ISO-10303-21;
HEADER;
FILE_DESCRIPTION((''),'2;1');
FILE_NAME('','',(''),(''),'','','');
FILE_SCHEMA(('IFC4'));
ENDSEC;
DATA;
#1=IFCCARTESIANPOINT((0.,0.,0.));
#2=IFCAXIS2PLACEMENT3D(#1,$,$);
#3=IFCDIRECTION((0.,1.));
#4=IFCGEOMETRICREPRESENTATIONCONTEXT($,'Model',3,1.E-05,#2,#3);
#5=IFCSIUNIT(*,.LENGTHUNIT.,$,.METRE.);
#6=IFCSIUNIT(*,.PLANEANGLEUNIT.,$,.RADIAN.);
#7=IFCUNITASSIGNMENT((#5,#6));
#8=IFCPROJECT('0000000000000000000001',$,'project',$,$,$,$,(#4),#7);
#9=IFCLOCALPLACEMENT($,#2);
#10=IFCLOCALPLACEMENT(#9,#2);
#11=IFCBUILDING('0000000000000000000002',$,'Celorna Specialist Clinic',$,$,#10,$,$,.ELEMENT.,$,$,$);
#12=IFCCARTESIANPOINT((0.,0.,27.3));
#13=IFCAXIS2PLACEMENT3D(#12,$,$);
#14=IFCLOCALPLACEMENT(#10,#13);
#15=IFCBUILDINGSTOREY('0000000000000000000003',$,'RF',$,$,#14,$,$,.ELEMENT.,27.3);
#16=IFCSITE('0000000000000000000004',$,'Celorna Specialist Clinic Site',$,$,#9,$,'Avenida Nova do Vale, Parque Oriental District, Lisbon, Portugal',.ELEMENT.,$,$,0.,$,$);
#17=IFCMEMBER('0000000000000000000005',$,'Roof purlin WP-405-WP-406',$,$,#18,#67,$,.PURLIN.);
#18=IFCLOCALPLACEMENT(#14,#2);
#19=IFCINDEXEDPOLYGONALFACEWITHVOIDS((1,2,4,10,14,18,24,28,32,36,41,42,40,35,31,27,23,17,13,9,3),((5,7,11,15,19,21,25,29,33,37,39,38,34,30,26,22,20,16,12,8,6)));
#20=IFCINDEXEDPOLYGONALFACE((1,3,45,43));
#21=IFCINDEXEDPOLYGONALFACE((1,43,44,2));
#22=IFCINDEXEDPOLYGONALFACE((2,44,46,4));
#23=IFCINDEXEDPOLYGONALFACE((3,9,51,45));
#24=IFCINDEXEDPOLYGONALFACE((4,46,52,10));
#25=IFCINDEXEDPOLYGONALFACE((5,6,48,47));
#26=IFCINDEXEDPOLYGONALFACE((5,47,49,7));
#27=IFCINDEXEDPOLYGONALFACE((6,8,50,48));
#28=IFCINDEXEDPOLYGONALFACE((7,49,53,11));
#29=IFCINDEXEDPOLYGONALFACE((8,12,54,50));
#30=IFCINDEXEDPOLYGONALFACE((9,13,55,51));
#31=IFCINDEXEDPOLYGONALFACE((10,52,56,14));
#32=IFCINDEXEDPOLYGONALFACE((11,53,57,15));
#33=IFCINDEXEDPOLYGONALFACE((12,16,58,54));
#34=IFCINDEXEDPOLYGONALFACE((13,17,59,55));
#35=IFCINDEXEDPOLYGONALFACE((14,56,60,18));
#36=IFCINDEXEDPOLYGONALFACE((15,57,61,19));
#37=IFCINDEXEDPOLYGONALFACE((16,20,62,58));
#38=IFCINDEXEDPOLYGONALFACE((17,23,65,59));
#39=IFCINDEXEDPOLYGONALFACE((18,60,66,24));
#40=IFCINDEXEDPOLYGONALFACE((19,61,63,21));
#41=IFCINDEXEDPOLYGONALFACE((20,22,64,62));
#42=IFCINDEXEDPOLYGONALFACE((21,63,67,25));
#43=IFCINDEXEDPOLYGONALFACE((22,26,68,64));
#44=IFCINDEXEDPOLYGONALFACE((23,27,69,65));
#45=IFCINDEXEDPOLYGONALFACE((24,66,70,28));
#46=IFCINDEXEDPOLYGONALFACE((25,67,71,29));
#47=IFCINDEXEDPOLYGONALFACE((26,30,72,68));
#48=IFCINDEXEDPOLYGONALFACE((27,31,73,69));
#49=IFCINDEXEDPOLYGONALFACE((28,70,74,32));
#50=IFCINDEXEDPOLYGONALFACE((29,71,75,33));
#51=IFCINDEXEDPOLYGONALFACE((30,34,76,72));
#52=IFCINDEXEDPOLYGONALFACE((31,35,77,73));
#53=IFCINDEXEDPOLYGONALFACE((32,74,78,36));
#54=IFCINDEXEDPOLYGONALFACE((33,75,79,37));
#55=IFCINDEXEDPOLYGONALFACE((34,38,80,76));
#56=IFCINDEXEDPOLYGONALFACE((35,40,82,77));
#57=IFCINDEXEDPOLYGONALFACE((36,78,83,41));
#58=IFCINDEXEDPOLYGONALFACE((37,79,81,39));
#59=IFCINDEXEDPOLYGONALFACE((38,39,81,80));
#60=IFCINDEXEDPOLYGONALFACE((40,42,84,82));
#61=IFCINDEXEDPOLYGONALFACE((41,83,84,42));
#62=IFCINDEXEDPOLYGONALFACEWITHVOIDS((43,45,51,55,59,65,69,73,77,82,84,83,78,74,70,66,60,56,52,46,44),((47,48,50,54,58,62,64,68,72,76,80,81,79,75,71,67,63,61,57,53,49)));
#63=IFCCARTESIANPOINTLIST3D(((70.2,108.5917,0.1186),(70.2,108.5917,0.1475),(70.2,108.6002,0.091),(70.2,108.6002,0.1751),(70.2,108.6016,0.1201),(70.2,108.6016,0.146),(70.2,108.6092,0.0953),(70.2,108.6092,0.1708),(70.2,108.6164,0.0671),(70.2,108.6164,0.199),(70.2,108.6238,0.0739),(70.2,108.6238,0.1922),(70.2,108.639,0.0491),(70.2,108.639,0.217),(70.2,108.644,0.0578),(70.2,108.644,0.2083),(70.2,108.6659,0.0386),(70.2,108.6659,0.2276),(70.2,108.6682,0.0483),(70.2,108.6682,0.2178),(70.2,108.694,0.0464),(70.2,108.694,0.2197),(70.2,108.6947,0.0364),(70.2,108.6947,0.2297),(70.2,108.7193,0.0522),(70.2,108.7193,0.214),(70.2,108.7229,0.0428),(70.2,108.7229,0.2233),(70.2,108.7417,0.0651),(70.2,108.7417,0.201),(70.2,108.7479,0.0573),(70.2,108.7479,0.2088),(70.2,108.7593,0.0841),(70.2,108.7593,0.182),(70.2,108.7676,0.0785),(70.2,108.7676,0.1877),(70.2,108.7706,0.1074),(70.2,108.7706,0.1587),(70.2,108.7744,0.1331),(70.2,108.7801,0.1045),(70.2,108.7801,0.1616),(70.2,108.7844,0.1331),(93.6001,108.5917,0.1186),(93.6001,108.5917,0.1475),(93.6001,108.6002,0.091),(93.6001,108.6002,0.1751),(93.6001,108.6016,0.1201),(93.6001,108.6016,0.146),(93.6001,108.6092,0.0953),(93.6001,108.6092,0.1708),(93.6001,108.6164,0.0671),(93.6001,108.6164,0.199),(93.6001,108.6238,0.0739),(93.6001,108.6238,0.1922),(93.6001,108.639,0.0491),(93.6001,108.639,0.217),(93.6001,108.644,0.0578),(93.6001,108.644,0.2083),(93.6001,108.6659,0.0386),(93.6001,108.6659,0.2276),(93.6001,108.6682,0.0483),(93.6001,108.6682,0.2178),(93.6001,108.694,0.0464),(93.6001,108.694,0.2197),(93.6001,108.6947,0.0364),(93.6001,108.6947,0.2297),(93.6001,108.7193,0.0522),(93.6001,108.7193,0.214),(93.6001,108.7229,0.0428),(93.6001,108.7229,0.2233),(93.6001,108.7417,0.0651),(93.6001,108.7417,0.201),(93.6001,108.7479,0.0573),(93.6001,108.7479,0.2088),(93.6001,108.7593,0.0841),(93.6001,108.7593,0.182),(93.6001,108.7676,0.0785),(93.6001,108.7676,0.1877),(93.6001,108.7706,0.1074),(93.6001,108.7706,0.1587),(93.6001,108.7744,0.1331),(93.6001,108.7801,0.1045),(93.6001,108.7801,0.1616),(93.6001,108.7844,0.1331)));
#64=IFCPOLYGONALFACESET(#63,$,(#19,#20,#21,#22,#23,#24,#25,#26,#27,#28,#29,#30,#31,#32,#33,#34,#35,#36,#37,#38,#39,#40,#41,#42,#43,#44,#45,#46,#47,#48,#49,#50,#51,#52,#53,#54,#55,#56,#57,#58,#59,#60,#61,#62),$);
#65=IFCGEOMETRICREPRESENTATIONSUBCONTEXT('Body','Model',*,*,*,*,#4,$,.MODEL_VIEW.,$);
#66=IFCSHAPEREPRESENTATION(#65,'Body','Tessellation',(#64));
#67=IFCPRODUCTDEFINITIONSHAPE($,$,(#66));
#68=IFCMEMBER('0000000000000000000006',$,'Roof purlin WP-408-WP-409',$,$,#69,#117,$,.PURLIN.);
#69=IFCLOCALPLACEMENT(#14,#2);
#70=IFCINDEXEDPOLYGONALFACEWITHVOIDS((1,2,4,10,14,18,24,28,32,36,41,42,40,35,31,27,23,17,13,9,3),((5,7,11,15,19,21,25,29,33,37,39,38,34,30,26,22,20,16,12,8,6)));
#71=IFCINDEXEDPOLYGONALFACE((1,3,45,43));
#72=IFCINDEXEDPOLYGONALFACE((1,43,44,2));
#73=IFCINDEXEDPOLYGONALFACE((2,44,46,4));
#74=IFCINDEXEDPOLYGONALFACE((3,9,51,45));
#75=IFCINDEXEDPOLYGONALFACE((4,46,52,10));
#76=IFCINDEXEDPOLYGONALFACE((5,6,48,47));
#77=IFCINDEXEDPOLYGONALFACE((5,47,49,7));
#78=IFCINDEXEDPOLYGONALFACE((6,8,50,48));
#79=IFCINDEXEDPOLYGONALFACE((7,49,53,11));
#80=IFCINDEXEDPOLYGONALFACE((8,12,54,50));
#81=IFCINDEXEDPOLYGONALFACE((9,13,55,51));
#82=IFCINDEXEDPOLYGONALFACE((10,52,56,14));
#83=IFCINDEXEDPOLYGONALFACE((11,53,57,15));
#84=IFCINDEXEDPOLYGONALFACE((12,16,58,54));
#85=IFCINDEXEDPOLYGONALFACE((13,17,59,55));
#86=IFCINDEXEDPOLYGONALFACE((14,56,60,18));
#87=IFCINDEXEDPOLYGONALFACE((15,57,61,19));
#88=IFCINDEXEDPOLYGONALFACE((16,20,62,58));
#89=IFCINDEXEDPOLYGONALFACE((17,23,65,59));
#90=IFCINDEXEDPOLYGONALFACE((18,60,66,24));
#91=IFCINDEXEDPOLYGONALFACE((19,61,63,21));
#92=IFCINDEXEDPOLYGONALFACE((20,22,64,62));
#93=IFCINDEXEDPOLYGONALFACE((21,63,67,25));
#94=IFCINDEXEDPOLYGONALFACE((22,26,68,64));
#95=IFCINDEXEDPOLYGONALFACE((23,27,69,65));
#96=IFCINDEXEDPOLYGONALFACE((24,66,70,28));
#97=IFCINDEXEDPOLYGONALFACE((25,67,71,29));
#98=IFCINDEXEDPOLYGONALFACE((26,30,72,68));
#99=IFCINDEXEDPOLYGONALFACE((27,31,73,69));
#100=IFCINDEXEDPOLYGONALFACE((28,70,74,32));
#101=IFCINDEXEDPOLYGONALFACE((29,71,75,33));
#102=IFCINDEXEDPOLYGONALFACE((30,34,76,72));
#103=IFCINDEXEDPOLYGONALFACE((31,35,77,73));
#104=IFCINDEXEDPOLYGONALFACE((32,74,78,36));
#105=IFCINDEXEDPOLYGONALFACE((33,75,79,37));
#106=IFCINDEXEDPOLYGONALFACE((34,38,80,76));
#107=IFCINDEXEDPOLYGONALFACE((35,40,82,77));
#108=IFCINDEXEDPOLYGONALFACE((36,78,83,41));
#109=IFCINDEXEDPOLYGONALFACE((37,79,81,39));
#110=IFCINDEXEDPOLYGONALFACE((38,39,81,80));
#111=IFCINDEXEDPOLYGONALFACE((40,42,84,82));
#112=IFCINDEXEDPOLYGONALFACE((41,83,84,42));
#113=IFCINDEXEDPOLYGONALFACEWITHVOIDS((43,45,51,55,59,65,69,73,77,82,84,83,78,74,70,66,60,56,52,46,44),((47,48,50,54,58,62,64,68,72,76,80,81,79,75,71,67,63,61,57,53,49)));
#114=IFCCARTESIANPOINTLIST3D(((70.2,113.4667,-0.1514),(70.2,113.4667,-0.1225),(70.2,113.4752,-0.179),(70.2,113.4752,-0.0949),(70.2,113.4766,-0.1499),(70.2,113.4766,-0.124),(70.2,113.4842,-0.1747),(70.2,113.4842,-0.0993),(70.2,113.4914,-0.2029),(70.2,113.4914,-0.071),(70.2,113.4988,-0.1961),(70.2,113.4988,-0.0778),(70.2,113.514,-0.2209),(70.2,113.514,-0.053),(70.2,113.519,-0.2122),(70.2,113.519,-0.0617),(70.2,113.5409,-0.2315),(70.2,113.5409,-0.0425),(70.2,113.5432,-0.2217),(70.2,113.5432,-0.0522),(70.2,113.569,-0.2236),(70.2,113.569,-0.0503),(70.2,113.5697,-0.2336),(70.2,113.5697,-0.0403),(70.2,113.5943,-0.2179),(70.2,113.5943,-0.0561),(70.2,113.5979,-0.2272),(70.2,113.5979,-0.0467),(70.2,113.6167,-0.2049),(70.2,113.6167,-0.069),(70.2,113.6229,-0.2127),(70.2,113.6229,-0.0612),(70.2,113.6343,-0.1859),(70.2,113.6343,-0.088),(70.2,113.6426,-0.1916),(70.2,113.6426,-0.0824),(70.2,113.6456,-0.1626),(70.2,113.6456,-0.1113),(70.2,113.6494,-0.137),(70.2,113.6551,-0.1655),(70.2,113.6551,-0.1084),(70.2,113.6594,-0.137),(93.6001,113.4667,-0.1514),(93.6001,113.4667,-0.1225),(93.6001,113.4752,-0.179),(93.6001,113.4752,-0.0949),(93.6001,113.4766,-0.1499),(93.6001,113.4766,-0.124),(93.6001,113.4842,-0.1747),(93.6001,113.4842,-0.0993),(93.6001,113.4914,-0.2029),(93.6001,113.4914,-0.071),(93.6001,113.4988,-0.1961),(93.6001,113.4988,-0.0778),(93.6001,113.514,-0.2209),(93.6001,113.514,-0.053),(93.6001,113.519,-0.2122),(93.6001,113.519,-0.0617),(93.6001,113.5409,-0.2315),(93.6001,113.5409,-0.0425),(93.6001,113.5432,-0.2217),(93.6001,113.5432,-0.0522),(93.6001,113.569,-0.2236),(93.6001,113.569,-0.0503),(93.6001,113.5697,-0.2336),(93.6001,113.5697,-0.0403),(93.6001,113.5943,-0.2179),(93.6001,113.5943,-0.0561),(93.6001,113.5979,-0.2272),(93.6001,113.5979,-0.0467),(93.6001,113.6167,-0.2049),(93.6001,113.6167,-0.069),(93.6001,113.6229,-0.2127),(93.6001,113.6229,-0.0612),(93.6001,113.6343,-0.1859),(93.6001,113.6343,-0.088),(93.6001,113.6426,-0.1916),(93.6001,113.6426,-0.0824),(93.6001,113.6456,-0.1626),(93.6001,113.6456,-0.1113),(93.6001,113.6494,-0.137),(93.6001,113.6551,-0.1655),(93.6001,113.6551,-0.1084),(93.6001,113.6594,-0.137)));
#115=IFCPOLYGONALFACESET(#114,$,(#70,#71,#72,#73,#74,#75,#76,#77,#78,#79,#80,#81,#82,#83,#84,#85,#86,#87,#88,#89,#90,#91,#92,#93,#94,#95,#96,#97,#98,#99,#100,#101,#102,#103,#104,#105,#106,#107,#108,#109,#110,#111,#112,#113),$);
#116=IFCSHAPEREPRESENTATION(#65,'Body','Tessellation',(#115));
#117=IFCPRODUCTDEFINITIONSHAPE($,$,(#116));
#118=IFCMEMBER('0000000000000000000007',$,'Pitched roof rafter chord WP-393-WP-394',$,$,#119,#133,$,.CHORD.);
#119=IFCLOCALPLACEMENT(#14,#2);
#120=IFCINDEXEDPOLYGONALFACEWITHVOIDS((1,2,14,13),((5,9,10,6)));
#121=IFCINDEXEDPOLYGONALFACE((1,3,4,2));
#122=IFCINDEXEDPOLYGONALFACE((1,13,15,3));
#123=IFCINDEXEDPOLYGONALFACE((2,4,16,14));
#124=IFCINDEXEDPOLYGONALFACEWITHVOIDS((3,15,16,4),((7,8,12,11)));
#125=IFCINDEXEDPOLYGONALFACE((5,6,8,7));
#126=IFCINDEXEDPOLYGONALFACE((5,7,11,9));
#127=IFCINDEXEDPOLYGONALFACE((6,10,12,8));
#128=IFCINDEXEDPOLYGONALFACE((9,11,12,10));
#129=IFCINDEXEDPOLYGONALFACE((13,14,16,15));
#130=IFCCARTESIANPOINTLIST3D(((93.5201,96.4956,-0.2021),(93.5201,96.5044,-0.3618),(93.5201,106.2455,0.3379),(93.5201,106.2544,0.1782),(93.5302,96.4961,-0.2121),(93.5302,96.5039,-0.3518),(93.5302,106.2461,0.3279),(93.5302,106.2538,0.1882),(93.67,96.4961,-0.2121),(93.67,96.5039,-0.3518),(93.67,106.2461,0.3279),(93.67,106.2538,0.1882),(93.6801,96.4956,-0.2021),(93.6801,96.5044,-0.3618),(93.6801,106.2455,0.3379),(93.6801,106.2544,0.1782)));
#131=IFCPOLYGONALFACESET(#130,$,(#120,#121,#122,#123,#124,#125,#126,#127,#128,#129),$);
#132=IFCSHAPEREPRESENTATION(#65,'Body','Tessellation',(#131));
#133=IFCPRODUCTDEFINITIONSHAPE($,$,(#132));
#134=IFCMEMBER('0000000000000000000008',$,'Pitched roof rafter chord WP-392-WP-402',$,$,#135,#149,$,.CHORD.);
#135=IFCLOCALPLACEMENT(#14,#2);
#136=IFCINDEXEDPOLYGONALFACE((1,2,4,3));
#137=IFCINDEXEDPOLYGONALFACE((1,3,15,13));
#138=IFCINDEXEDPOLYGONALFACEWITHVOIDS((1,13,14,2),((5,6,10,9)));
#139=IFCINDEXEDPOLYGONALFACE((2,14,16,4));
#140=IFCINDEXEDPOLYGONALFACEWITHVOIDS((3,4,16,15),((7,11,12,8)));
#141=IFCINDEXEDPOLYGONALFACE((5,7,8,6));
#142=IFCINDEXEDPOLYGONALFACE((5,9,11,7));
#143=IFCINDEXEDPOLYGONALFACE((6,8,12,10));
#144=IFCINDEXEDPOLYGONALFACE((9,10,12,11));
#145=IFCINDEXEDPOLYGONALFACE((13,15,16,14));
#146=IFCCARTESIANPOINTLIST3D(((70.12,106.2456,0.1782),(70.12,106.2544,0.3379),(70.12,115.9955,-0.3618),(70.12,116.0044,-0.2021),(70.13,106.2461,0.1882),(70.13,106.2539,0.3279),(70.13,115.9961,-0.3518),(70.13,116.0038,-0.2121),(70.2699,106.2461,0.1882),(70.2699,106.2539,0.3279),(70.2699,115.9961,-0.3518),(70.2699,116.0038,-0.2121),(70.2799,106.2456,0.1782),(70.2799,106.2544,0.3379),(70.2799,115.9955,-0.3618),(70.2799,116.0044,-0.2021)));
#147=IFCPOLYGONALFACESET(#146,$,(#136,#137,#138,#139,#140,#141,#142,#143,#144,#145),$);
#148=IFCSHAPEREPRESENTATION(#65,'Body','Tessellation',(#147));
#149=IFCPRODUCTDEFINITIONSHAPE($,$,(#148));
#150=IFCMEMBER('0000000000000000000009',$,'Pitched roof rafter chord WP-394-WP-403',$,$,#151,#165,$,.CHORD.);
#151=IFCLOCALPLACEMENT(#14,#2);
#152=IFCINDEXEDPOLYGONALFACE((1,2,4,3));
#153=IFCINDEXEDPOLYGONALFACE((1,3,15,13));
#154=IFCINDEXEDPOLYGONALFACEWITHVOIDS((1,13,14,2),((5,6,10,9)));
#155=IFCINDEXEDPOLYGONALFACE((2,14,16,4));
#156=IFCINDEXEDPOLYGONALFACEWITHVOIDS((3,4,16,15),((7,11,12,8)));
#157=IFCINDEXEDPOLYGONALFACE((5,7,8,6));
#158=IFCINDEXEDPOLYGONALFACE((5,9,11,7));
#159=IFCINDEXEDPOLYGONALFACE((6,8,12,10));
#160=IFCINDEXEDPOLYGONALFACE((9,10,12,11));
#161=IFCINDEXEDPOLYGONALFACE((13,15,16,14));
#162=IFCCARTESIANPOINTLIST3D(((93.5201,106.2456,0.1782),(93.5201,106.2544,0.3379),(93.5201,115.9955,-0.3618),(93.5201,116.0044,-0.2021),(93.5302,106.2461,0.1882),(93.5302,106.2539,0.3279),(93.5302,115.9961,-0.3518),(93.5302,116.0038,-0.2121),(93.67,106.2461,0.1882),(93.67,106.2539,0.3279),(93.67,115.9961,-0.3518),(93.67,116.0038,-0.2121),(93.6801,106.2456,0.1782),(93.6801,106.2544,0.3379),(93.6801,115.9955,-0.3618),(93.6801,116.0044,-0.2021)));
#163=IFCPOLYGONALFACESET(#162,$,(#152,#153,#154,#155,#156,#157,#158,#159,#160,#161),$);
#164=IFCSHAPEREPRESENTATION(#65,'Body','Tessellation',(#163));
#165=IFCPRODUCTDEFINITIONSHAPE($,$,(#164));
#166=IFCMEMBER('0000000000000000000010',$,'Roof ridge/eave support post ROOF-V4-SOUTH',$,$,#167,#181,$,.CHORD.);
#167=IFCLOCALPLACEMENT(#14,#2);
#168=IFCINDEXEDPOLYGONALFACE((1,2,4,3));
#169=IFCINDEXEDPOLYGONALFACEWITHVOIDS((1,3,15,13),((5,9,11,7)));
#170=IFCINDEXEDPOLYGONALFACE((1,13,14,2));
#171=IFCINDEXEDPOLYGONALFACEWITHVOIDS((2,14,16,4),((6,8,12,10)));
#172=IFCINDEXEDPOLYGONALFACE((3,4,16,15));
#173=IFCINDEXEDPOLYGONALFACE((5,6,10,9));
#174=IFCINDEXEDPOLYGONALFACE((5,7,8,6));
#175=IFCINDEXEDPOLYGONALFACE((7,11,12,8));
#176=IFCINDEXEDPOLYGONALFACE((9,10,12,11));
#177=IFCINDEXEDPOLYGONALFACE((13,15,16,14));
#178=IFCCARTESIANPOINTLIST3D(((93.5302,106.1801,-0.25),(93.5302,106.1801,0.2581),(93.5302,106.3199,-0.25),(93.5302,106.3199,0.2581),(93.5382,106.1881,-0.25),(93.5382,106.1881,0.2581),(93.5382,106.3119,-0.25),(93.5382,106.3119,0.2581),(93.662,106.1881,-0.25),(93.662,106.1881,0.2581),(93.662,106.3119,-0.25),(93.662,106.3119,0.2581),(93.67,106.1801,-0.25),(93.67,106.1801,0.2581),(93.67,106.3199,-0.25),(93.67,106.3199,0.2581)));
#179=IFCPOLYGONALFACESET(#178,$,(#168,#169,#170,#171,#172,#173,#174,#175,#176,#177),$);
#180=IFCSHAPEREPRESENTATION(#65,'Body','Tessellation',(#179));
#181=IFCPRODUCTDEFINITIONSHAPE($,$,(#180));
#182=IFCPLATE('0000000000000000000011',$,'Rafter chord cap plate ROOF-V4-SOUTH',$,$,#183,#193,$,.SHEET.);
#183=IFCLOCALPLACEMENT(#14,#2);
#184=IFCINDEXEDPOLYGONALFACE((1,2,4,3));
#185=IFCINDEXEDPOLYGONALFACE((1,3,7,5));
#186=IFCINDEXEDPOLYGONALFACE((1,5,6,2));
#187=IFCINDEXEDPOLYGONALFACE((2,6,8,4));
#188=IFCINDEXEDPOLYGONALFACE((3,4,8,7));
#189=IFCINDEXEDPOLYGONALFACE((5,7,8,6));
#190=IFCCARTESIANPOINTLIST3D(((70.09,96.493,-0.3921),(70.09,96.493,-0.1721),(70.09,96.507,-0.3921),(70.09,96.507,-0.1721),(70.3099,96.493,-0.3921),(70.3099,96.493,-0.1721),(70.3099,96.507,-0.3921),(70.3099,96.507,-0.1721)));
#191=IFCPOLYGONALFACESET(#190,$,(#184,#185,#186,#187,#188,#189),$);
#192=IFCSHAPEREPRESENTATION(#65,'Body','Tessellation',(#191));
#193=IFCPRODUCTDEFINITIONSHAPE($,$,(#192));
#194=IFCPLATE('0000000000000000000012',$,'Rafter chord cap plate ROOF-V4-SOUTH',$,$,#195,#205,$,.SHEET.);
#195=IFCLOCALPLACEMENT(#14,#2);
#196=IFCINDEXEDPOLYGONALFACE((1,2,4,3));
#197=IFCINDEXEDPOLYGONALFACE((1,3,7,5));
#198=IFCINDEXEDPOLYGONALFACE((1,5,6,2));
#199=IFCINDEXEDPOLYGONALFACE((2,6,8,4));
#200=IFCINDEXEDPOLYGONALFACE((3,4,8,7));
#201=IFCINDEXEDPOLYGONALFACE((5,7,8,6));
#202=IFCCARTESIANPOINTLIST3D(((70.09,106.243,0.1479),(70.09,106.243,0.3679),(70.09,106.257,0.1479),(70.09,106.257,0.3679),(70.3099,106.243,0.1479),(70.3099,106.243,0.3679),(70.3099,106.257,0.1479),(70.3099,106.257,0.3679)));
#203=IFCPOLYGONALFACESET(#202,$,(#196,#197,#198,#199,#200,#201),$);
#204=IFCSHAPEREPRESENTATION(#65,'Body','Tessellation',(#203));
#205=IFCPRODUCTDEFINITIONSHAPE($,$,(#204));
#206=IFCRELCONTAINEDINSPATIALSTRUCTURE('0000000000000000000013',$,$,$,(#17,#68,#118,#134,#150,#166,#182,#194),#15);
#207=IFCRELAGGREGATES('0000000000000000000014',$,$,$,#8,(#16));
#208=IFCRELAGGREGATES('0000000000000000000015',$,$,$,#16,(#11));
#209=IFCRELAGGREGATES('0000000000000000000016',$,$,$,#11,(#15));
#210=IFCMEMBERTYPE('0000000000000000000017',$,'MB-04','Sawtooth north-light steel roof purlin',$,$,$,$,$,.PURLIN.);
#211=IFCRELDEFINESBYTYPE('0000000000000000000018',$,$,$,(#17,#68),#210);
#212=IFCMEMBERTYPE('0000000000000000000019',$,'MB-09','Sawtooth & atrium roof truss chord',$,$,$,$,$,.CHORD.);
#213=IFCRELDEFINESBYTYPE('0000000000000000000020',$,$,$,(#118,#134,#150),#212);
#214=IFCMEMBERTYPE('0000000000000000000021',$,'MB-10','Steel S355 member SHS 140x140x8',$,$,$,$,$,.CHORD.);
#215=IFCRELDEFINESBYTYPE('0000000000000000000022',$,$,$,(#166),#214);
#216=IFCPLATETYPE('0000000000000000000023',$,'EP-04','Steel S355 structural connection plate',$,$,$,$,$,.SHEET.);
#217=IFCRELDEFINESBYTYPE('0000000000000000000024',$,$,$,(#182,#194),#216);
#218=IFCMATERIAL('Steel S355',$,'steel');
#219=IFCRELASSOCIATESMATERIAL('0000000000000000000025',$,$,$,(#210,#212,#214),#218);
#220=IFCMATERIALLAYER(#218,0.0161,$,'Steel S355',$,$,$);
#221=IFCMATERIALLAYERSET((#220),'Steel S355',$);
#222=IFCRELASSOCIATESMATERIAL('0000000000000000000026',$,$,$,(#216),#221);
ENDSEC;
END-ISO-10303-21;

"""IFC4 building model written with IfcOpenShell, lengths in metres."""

from ifc_helpers import new_model, si_unit, direction, frame, origin, origin_2d, place, context, subcontext, project, spatial, rectangle, hollow_rectangle, hollow_circle, extrude, material, layer, layer_set, material_profile, profile_set, type_object, element, save


model = new_model("IFC4")

# Units and contexts
model_context = context("Model", 3, precision=1e-05, world=origin(), true_north=direction((0.0, 1.0)))
body_context = subcontext(model_context, "Body", "Model", "MODEL_VIEW")
ifc_project = project(units=[si_unit("LENGTHUNIT", "METRE"), si_unit("PLANEANGLEUNIT", "RADIAN")], contexts=[model_context])

# Site, building, storey
site_placement = place(None, origin())
site = spatial("IfcSite", under=ifc_project, at=site_placement, Name="Celorna Specialist Clinic Site", LongName="Avenida Nova do Vale, Parque Oriental District, Lisbon, Portugal", CompositionType="ELEMENT", RefElevation=0.0)
building_placement = place(site_placement, origin())
building = spatial("IfcBuilding", under=site, at=building_placement, Name="Celorna Specialist Clinic", CompositionType="ELEMENT")
storey_placement = place(building_placement, frame((0.0, 0.0, 27.3)))
storey = spatial("IfcBuildingStorey", under=building, at=storey_placement, Name="RF", CompositionType="ELEMENT", Elevation=27.3)

# Shared definitions
ifc_material_1 = material(Name="Steel S355", Category="steel")

# Members
ifc_material_profile_1 = material_profile(ifc_material_1, hollow_circle(Radius=0.0969, WallThickness=0.01, at=origin_2d()), Name="CHS 193.7x10")
ifc_profile_set_1 = profile_set([ifc_material_profile_1], Name="Steel S355")
member_type_1 = type_object("IfcMemberType", Name="MB-04", Description="Sawtooth north-light steel roof purlin", PredefinedType="PURLIN", material=ifc_profile_set_1)
for number, where, z_axis, x_axis, name in (
    (1, (70.2, 108.6875, 0.1331), (1.0, 0.0, 0.0), (0.0, 1.0, 0.0), "Roof purlin WP-405-WP-406"),
    (2, (70.2, 113.5625, -0.137), (1.0, 0.0, 0.0), (0.0, 1.0, 0.0), "Roof purlin WP-408-WP-409"),
):
    element("IfcMember", number, at=place(storey_placement, frame(where, z_axis=z_axis, x_axis=x_axis)), inside=storey, type_object=member_type_1, Name=name, PredefinedType="PURLIN", context=body_context, shape_type="SweptSolid", body=[
        extrude(hollow_circle(Radius=0.0969, WallThickness=0.01, at=origin_2d()), origin(), (0.0, 0.0, 1.0), 23.4001),
    ])
ifc_material_profile_2 = material_profile(ifc_material_1, hollow_rectangle(XDim=0.1599, YDim=0.1599, WallThickness=0.01, at=origin_2d()), Name="SHS 160x160x10")
ifc_profile_set_2 = profile_set([ifc_material_profile_2], Name="Steel S355")
member_type_2 = type_object("IfcMemberType", Name="MB-09", Description="Sawtooth & atrium roof truss chord", PredefinedType="CHORD", material=ifc_profile_set_2)
for number, where, z_axis, x_axis, name in (
    (3, (93.6001, 96.5, -0.282), (0.0, 0.99847, 0.055304), (-1.0, 0.0, 0.0), "Pitched roof rafter chord WP-393-WP-394"),
    (4, (70.2, 106.25, 0.2581), (0.0, 0.99847, -0.055304), (-1.0, 0.0, 0.0), "Pitched roof rafter chord WP-392-WP-402"),
    (5, (93.6001, 106.25, 0.2581), (0.0, 0.99847, -0.055304), (-1.0, 0.0, 0.0), "Pitched roof rafter chord WP-394-WP-403"),
):
    element("IfcMember", number, at=place(storey_placement, frame(where, z_axis=z_axis, x_axis=x_axis)), inside=storey, type_object=member_type_2, Name=name, PredefinedType="CHORD", context=body_context, shape_type="SweptSolid", body=[
        extrude(hollow_rectangle(XDim=0.1599, YDim=0.1599, WallThickness=0.01, at=origin_2d()), origin(), (0.0, 0.0, 1.0), 9.7649),
    ])
ifc_material_profile_3 = material_profile(ifc_material_1, hollow_rectangle(XDim=0.1399, YDim=0.1399, WallThickness=0.0081, at=origin_2d()), Name="SHS 140x140x8")
ifc_profile_set_3 = profile_set([ifc_material_profile_3], Name="Steel S355")
member_type_3 = type_object("IfcMemberType", Name="MB-10", Description="Steel S355 member SHS 140x140x8", PredefinedType="CHORD", material=ifc_profile_set_3)
member_placement = place(storey_placement, frame((93.6001, 106.25, -0.25), z_axis=(0.0, 0.0, 1.0), x_axis=(1.0, 0.0, 0.0)))
element("IfcMember", 6, at=member_placement, inside=storey, type_object=member_type_3, Name="Roof ridge/eave support post ROOF-V4-SOUTH", PredefinedType="CHORD", context=body_context, shape_type="SweptSolid", body=[
    extrude(hollow_rectangle(XDim=0.1399, YDim=0.1399, WallThickness=0.0081, at=origin_2d()), origin(), (0.0, 0.0, 1.0), 0.5081),
])

# Plates
ifc_layer_1 = layer(ifc_material_1, 0.0161, Name="Steel S355")
ifc_layer_set_1 = layer_set([ifc_layer_1], Name="Steel S355")
plate_type = type_object("IfcPlateType", Name="EP-04", Description="Steel S355 structural connection plate", PredefinedType="SHEET", material=ifc_layer_set_1)
for number, where, z_axis, x_axis, name in (
    (7, (70.2, 96.5, -0.3921), (0.0, 0.0, 1.0), (1.0, 0.0, 0.0), "Rafter chord cap plate ROOF-V4-SOUTH"),
    (8, (70.2, 106.25, 0.1479), (0.0, 0.0, 1.0), (1.0, 0.0, 0.0), "Rafter chord cap plate ROOF-V4-SOUTH"),
):
    element("IfcPlate", number, at=place(storey_placement, frame(where, z_axis=z_axis, x_axis=x_axis)), inside=storey, type_object=plate_type, Name=name, PredefinedType="SHEET", context=body_context, shape_type="SweptSolid", body=[
        extrude(rectangle(XDim=0.22, YDim=0.0139, at=origin_2d()), origin(), (0.0, 0.0, 1.0), 0.22),
    ])

save(model, "model.ifc")
